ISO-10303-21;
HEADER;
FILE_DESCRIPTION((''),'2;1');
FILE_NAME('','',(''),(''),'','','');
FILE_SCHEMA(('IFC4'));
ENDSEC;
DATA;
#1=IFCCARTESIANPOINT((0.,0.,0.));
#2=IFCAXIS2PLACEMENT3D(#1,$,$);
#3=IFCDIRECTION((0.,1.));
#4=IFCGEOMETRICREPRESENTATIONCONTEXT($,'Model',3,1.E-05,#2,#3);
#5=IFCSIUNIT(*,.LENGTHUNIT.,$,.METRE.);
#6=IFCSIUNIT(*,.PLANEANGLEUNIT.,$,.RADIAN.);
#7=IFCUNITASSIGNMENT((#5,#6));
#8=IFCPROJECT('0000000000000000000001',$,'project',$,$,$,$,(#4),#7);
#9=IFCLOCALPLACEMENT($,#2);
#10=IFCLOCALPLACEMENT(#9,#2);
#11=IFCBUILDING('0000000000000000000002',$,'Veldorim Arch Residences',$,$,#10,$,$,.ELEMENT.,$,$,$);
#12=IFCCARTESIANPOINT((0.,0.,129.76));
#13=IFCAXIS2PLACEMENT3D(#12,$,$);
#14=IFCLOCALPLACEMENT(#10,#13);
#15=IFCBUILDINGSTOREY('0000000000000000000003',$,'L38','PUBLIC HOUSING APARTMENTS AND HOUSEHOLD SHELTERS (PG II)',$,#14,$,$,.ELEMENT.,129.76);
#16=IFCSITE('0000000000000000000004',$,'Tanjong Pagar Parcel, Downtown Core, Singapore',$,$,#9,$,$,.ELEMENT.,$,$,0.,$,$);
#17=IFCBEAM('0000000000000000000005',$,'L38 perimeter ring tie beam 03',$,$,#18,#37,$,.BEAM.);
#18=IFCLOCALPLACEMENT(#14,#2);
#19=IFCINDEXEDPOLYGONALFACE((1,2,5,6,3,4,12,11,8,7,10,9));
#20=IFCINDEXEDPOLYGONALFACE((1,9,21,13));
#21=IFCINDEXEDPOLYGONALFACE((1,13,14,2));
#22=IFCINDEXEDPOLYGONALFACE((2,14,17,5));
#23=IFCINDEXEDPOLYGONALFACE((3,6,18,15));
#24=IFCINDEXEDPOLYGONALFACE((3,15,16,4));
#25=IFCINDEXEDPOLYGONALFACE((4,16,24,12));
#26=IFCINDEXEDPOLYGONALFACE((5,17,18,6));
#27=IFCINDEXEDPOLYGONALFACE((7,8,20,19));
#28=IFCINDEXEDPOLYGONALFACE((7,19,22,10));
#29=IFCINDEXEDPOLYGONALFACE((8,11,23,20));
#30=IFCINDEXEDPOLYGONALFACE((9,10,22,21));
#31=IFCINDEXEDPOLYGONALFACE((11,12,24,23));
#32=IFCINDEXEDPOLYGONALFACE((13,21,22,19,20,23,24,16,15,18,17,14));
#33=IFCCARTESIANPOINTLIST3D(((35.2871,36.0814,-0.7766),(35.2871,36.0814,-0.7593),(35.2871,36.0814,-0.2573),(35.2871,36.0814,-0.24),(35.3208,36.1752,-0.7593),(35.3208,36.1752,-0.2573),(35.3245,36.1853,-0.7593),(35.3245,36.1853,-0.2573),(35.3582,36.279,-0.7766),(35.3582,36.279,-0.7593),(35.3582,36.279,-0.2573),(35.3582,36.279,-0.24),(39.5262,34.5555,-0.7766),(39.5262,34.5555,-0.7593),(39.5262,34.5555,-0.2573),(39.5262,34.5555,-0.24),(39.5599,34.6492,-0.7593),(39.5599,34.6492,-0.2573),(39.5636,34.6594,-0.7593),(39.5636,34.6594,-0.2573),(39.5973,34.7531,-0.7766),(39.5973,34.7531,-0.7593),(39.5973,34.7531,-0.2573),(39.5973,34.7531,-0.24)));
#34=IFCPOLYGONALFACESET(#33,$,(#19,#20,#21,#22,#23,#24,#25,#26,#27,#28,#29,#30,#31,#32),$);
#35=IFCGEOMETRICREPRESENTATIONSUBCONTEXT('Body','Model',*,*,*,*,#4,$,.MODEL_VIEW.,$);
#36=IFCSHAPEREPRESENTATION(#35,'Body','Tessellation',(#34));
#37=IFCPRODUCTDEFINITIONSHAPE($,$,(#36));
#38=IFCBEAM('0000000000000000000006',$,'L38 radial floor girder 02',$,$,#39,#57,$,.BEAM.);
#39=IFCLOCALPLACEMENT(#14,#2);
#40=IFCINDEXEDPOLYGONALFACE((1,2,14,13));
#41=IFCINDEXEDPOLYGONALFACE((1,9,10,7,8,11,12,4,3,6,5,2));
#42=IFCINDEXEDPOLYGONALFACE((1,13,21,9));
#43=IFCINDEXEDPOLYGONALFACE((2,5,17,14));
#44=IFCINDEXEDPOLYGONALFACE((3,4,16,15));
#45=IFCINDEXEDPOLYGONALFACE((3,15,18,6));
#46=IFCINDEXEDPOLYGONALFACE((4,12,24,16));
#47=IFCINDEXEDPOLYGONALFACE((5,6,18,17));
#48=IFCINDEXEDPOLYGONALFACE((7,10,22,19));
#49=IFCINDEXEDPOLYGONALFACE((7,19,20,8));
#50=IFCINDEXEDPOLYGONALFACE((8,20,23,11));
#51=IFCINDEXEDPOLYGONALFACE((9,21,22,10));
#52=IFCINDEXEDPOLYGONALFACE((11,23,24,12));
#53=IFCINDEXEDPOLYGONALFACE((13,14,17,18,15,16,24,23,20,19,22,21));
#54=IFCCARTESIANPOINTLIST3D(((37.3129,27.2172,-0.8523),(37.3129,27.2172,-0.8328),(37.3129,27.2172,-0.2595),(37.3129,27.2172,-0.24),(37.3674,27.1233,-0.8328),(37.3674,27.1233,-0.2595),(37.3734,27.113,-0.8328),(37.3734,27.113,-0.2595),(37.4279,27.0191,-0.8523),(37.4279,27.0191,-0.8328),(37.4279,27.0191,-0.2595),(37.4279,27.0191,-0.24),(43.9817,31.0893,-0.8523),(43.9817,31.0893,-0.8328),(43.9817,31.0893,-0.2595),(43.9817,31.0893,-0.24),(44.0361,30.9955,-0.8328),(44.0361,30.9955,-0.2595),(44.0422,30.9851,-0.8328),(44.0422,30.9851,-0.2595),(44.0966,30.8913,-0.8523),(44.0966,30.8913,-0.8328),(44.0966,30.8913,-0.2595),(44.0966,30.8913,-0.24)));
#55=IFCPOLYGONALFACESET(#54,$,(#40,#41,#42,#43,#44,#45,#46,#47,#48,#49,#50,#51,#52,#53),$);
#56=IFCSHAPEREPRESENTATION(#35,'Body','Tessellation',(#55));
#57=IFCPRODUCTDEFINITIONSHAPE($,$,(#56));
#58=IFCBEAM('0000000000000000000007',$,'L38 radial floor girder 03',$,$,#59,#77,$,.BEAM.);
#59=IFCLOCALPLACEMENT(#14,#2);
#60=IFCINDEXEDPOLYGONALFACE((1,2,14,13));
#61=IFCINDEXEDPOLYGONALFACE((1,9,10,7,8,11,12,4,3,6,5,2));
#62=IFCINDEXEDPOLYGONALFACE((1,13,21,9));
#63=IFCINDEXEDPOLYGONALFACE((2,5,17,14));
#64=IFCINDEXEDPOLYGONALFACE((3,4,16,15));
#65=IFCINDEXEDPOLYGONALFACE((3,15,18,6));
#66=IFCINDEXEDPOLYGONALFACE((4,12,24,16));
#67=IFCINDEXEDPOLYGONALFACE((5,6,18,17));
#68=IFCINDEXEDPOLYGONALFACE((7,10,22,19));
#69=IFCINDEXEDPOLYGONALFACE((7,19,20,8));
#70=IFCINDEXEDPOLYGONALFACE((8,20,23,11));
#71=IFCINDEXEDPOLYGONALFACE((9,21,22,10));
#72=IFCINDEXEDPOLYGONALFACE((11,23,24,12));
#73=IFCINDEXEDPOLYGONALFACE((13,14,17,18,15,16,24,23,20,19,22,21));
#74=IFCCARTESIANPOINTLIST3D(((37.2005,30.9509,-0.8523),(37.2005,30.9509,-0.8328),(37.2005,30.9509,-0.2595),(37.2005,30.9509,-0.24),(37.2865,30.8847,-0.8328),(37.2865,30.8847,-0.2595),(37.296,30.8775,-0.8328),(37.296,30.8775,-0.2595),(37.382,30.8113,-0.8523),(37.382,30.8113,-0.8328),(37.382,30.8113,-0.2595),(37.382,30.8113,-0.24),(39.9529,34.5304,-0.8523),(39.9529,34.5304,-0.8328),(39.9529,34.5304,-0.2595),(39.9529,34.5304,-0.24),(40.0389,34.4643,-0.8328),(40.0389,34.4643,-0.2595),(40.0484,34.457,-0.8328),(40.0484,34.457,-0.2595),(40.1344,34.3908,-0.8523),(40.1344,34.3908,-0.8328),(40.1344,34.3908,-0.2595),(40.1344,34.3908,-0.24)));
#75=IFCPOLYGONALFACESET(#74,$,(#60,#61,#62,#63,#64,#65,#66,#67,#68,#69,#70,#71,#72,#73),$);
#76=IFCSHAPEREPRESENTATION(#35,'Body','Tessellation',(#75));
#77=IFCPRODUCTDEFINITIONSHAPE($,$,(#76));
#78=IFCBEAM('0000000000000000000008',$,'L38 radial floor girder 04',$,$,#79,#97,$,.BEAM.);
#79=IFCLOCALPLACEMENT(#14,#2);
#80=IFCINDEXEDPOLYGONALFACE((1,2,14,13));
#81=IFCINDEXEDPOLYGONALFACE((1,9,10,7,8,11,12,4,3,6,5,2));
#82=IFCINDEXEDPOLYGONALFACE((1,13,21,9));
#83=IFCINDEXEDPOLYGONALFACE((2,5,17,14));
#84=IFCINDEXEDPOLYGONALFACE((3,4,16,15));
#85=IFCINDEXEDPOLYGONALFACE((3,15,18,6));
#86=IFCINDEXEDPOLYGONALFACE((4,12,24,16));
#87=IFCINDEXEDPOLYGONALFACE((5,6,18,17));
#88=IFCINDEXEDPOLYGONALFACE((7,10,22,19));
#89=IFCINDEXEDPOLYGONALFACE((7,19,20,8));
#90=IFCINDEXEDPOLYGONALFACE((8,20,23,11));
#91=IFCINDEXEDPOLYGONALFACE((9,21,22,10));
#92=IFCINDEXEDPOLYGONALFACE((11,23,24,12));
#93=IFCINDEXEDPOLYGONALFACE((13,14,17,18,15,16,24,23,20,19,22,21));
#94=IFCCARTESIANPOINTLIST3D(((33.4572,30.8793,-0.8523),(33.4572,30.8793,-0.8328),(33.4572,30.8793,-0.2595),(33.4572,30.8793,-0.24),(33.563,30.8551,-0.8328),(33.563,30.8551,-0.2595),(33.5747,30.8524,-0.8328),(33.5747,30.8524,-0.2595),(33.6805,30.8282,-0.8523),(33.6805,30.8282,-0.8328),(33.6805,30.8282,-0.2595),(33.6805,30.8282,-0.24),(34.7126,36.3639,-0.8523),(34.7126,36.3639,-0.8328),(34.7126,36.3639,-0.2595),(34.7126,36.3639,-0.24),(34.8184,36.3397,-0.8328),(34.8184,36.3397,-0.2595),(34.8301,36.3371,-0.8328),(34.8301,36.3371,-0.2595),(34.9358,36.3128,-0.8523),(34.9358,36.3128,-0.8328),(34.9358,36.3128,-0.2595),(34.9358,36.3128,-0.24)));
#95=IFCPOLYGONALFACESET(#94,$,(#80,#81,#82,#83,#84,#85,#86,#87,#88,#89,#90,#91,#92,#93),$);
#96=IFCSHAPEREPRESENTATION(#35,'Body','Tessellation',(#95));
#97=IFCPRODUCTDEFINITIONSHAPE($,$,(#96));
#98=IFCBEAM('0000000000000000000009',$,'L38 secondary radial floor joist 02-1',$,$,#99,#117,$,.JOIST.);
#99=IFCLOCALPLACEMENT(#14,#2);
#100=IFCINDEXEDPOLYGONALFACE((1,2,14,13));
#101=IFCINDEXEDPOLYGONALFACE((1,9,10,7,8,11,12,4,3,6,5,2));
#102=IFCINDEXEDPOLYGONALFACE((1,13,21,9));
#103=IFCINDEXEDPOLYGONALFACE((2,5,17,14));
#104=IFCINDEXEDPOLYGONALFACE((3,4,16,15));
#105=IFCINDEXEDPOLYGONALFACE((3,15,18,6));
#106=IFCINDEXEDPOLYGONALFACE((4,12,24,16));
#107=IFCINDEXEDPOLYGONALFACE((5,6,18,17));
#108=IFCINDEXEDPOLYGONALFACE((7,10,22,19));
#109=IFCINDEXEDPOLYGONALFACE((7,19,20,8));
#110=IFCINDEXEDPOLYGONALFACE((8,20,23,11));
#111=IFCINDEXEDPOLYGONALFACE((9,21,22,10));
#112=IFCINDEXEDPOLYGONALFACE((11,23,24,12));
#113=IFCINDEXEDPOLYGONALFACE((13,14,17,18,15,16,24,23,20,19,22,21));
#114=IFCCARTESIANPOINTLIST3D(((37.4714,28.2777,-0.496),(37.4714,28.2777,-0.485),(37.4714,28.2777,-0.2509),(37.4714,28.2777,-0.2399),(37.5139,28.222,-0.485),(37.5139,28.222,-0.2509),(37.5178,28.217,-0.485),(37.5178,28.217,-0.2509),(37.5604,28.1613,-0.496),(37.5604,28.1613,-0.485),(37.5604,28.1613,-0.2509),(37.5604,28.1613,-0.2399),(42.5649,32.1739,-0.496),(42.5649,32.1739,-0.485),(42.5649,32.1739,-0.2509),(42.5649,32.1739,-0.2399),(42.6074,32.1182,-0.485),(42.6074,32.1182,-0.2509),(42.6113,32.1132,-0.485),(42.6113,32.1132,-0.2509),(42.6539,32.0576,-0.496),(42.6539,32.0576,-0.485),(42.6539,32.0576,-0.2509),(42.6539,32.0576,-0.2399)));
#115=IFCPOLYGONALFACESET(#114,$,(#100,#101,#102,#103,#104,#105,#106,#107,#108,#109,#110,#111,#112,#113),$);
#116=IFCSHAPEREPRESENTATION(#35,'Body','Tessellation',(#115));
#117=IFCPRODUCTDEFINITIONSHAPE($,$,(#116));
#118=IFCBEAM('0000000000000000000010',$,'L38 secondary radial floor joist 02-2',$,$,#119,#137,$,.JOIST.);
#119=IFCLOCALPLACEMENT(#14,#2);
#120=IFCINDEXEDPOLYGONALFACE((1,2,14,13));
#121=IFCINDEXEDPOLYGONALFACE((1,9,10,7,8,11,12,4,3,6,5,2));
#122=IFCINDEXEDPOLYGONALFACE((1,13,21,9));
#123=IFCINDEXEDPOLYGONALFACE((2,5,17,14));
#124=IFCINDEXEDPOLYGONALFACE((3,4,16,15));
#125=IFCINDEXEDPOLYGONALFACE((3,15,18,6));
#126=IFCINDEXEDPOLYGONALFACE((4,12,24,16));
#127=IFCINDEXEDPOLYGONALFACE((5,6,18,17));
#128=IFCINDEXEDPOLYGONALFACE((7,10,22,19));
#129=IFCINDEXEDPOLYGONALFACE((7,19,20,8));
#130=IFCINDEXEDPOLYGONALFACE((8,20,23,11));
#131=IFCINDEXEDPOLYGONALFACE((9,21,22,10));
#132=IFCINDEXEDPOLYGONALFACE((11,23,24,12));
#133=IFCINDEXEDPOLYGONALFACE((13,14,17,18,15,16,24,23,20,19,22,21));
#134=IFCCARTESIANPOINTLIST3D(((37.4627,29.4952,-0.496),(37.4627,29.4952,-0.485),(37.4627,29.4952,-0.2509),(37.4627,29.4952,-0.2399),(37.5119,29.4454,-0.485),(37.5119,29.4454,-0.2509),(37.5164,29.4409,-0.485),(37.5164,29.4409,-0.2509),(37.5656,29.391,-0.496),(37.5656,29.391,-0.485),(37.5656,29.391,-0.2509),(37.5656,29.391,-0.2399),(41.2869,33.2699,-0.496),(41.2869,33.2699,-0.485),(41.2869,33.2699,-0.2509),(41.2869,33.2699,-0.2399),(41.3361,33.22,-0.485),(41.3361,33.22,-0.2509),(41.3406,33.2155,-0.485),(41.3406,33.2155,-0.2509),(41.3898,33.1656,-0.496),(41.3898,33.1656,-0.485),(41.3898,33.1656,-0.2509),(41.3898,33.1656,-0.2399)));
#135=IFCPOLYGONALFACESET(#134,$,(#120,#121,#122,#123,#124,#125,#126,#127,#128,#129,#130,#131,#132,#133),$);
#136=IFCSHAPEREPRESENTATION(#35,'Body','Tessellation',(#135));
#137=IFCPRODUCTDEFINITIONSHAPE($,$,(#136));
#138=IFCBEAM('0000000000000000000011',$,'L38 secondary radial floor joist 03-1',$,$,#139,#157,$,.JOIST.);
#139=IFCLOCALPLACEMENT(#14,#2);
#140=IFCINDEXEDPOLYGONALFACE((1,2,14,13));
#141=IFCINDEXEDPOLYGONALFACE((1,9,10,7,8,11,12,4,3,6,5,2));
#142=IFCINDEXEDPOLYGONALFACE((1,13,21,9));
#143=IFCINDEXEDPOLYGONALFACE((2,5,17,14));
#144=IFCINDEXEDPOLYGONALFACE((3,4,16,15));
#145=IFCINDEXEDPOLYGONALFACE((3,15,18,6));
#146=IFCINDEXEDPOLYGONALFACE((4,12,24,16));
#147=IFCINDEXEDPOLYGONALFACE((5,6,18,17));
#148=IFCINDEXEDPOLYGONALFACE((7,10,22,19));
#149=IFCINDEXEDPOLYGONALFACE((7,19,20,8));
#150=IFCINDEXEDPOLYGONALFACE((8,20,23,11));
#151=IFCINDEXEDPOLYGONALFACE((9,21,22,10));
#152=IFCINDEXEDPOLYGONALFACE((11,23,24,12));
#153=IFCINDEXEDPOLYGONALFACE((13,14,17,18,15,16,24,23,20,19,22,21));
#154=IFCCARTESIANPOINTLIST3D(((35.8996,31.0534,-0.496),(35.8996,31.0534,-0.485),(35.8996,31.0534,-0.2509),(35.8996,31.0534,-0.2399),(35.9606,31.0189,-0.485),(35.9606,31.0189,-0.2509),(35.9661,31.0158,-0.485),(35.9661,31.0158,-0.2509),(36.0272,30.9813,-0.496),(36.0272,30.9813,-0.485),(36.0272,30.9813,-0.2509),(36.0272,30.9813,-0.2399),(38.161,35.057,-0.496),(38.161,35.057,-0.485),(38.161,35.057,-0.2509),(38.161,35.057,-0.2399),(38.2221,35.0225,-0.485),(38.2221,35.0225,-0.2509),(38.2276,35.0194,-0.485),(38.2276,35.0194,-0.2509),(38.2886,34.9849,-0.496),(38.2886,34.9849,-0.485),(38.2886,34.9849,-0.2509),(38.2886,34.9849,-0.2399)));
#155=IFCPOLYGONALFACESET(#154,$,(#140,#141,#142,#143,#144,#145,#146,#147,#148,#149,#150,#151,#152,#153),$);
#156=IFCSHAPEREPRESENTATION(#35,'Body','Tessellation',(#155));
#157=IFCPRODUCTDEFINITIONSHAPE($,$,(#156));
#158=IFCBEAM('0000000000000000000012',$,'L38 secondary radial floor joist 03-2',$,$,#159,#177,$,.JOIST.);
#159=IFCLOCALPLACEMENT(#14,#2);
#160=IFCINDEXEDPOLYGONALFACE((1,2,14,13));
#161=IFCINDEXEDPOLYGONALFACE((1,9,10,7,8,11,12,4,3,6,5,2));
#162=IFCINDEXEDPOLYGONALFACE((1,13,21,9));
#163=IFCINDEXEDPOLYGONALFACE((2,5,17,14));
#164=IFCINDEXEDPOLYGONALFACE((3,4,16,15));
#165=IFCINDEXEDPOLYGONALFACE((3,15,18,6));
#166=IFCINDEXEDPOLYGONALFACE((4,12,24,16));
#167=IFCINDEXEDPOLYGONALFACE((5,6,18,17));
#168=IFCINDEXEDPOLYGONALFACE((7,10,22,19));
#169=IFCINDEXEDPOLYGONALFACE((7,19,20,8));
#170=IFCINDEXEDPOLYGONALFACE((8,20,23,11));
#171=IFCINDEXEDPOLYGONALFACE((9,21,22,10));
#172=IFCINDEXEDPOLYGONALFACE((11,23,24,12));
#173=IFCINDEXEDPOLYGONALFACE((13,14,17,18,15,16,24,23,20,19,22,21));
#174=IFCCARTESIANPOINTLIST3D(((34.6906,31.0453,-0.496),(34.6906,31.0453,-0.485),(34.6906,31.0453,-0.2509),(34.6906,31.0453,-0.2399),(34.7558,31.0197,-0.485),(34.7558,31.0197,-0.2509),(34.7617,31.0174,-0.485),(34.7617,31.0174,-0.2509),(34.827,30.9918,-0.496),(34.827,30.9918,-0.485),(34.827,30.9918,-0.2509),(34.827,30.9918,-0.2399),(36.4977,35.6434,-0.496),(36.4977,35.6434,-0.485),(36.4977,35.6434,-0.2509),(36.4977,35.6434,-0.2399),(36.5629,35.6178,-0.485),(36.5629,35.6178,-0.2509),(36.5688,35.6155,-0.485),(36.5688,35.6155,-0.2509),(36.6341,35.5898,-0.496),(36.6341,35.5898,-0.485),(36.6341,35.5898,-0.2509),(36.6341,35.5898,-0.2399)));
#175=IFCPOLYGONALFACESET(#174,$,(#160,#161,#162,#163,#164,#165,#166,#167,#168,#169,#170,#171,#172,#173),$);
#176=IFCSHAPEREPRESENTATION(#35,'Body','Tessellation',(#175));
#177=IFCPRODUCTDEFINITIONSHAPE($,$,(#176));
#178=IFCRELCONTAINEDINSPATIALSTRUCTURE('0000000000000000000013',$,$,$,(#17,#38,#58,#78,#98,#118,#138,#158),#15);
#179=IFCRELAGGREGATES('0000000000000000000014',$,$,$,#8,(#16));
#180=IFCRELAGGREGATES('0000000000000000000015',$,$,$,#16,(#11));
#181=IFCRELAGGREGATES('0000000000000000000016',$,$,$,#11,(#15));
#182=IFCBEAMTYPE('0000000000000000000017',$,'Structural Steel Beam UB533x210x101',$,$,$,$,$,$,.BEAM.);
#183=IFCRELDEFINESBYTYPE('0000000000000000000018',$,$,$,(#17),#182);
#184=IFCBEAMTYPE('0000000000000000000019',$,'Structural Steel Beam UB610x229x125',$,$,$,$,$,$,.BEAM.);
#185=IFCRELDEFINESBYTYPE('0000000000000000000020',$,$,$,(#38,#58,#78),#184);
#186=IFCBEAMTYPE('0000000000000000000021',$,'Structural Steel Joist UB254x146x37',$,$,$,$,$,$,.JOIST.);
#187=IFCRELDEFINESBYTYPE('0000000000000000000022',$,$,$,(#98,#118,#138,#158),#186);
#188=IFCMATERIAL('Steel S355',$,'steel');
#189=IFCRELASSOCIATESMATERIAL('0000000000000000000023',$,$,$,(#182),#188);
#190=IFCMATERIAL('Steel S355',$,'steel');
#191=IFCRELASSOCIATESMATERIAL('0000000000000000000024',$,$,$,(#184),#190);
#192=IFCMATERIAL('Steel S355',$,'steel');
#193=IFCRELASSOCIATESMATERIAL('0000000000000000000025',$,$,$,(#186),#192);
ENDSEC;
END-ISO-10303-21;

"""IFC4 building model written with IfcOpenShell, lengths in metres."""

from ifc_helpers import new_model, si_unit, direction, frame, origin, origin_2d, place, context, subcontext, project, spatial, i_section, extrude, material, material_profile, profile_set, type_object, element, save


model = new_model("IFC4")

# Units and contexts
model_context = context("Model", 3, precision=1e-05, world=origin(), true_north=direction((0.0, 1.0)))
body_context = subcontext(model_context, "Body", "Model", "MODEL_VIEW")
ifc_project = project(units=[si_unit("LENGTHUNIT", "METRE"), si_unit("PLANEANGLEUNIT", "RADIAN")], contexts=[model_context])

# Site, building, storey
site_placement = place(None, origin())
site = spatial("IfcSite", under=ifc_project, at=site_placement, Name="Tanjong Pagar Parcel, Downtown Core, Singapore", CompositionType="ELEMENT", RefElevation=0.0)
building_placement = place(site_placement, origin())
building = spatial("IfcBuilding", under=site, at=building_placement, Name="Veldorim Arch Residences", CompositionType="ELEMENT")
storey_placement = place(building_placement, frame((0.0, 0.0, 129.76)))
storey = spatial("IfcBuildingStorey", under=building, at=storey_placement, Name="L38", Description="PUBLIC HOUSING APARTMENTS AND HOUSEHOLD SHELTERS (PG II)", CompositionType="ELEMENT", Elevation=129.76)

# Beams
ifc_material_1 = material(Name="Steel S355", Category="steel")
ifc_material_profile_1 = material_profile(ifc_material_1, i_section(OverallWidth=0.21, OverallDepth=0.5366, WebThickness=0.0107, FlangeThickness=0.0173, at=origin_2d()), Name="UB533x210x101")
ifc_profile_set_1 = profile_set([ifc_material_profile_1], Name="Steel S355")
beam_type_1 = type_object("IfcBeamType", Name="Structural Steel Beam UB533x210x101", PredefinedType="BEAM", material=ifc_profile_set_1)
beam_1_placement = place(storey_placement, frame((39.5618, 34.6543, -0.5083), z_axis=(-0.940899, 0.338687, 0.0), x_axis=(-0.338687, -0.940899, 0.0)))
element("IfcBeam", 1, at=beam_1_placement, inside=storey, type_object=beam_type_1, Name="L38 perimeter ring tie beam 03", PredefinedType="BEAM", context=body_context, shape_type="SweptSolid", body=[
    extrude(i_section(OverallWidth=0.21, OverallDepth=0.5366, WebThickness=0.0107, FlangeThickness=0.0173, at=origin_2d()), origin(), (0.0, 0.0, 1.0), 4.5054),
])
ifc_material_2 = material(Name="Steel S355", Category="steel")
ifc_material_profile_2 = material_profile(ifc_material_2, i_section(OverallWidth=0.229, OverallDepth=0.6123, WebThickness=0.012, FlangeThickness=0.0195, at=origin_2d()), Name="UB610x229x125")
ifc_profile_set_2 = profile_set([ifc_material_profile_2], Name="Steel S355")
beam_type_2 = type_object("IfcBeamType", Name="Structural Steel Beam UB610x229x125", PredefinedType="BEAM", material=ifc_profile_set_2)
beam_2_placement = place(storey_placement, frame((37.3704, 27.1182, -0.5461), z_axis=(0.864793, 0.502128, 0.0), x_axis=(-0.502128, 0.864793, 0.0)))
element("IfcBeam", 2, at=beam_2_placement, inside=storey, type_object=beam_type_2, Name="L38 radial floor girder 02", PredefinedType="BEAM", context=body_context, shape_type="SweptSolid", body=[
    extrude(i_section(OverallWidth=0.229, OverallDepth=0.6123, WebThickness=0.012, FlangeThickness=0.0195, at=origin_2d()), origin(), (0.0, 0.0, 1.0), 7.7114),
])
beam_3_placement = place(storey_placement, frame((37.2913, 30.8811, -0.5461), z_axis=(0.609559, 0.792741, 0.0), x_axis=(-0.792741, 0.609559, 0.0)))
element("IfcBeam", 3, at=beam_3_placement, inside=storey, type_object=beam_type_2, Name="L38 radial floor girder 03", PredefinedType="BEAM", context=body_context, shape_type="SweptSolid", body=[
    extrude(i_section(OverallWidth=0.229, OverallDepth=0.6123, WebThickness=0.012, FlangeThickness=0.0195, at=origin_2d()), origin(), (0.0, 0.0, 1.0), 4.5154),
])
beam_4_placement = place(storey_placement, frame((33.5688, 30.8538, -0.5461), z_axis=(0.223119, 0.974791, 0.0), x_axis=(-0.974791, 0.223119, 0.0)))
element("IfcBeam", 4, at=beam_4_placement, inside=storey, type_object=beam_type_2, Name="L38 radial floor girder 04", PredefinedType="BEAM", context=body_context, shape_type="SweptSolid", body=[
    extrude(i_section(OverallWidth=0.229, OverallDepth=0.6123, WebThickness=0.012, FlangeThickness=0.0195, at=origin_2d()), origin(), (0.0, 0.0, 1.0), 5.6265),
])
ifc_material_3 = material(Name="Steel S355", Category="steel")
ifc_material_profile_3 = material_profile(ifc_material_3, i_section(OverallWidth=0.1465, OverallDepth=0.2561, WebThickness=0.0063, FlangeThickness=0.011, at=origin_2d()), Name="UB254x146x37")
ifc_profile_set_3 = profile_set([ifc_material_profile_3], Name="Steel S355")
beam_type_3 = type_object("IfcBeamType", Name="Structural Steel Joist UB254x146x37", PredefinedType="JOIST", material=ifc_profile_set_3)
beam_5_placement = place(storey_placement, frame((37.5159, 28.2195, -0.3679), z_axis=(0.794267, 0.607569, 0.0), x_axis=(-0.607569, 0.794267, 0.0)))
element("IfcBeam", 5, at=beam_5_placement, inside=storey, type_object=beam_type_3, Name="L38 secondary radial floor joist 02-1", PredefinedType="JOIST", context=body_context, shape_type="SweptSolid", body=[
    extrude(i_section(OverallWidth=0.1465, OverallDepth=0.2561, WebThickness=0.0063, FlangeThickness=0.011, at=origin_2d()), origin(), (0.0, 0.0, 1.0), 6.4128),
])
beam_6_placement = place(storey_placement, frame((37.5142, 29.4431, -0.3679), z_axis=(0.711703, 0.70248, 0.0), x_axis=(-0.70248, 0.711703, 0.0)))
element("IfcBeam", 6, at=beam_6_placement, inside=storey, type_object=beam_type_3, Name="L38 secondary radial floor joist 02-2", PredefinedType="JOIST", context=body_context, shape_type="SweptSolid", body=[
    extrude(i_section(OverallWidth=0.1465, OverallDepth=0.2561, WebThickness=0.0063, FlangeThickness=0.011, at=origin_2d()), origin(), (0.0, 0.0, 1.0), 5.3733),
])
beam_7_placement = place(storey_placement, frame((35.9634, 31.0173, -0.3679), z_axis=(0.491816, 0.870699, 0.0), x_axis=(-0.870699, 0.491816, 0.0)))
element("IfcBeam", 7, at=beam_7_placement, inside=storey, type_object=beam_type_3, Name="L38 secondary radial floor joist 03-1", PredefinedType="JOIST", context=body_context, shape_type="SweptSolid", body=[
    extrude(i_section(OverallWidth=0.1465, OverallDepth=0.2561, WebThickness=0.0063, FlangeThickness=0.011, at=origin_2d()), origin(), (0.0, 0.0, 1.0), 4.5981),
])
beam_8_placement = place(storey_placement, frame((34.7588, 31.0186, -0.3679), z_axis=(0.365778, 0.930702, 0.0), x_axis=(-0.930702, 0.365778, 0.0)))
element("IfcBeam", 8, at=beam_8_placement, inside=storey, type_object=beam_type_3, Name="L38 secondary radial floor joist 03-2", PredefinedType="JOIST", context=body_context, shape_type="SweptSolid", body=[
    extrude(i_section(OverallWidth=0.1465, OverallDepth=0.2561, WebThickness=0.0063, FlangeThickness=0.011, at=origin_2d()), origin(), (0.0, 0.0, 1.0), 4.9404),
])

save(model, "model.ifc")
